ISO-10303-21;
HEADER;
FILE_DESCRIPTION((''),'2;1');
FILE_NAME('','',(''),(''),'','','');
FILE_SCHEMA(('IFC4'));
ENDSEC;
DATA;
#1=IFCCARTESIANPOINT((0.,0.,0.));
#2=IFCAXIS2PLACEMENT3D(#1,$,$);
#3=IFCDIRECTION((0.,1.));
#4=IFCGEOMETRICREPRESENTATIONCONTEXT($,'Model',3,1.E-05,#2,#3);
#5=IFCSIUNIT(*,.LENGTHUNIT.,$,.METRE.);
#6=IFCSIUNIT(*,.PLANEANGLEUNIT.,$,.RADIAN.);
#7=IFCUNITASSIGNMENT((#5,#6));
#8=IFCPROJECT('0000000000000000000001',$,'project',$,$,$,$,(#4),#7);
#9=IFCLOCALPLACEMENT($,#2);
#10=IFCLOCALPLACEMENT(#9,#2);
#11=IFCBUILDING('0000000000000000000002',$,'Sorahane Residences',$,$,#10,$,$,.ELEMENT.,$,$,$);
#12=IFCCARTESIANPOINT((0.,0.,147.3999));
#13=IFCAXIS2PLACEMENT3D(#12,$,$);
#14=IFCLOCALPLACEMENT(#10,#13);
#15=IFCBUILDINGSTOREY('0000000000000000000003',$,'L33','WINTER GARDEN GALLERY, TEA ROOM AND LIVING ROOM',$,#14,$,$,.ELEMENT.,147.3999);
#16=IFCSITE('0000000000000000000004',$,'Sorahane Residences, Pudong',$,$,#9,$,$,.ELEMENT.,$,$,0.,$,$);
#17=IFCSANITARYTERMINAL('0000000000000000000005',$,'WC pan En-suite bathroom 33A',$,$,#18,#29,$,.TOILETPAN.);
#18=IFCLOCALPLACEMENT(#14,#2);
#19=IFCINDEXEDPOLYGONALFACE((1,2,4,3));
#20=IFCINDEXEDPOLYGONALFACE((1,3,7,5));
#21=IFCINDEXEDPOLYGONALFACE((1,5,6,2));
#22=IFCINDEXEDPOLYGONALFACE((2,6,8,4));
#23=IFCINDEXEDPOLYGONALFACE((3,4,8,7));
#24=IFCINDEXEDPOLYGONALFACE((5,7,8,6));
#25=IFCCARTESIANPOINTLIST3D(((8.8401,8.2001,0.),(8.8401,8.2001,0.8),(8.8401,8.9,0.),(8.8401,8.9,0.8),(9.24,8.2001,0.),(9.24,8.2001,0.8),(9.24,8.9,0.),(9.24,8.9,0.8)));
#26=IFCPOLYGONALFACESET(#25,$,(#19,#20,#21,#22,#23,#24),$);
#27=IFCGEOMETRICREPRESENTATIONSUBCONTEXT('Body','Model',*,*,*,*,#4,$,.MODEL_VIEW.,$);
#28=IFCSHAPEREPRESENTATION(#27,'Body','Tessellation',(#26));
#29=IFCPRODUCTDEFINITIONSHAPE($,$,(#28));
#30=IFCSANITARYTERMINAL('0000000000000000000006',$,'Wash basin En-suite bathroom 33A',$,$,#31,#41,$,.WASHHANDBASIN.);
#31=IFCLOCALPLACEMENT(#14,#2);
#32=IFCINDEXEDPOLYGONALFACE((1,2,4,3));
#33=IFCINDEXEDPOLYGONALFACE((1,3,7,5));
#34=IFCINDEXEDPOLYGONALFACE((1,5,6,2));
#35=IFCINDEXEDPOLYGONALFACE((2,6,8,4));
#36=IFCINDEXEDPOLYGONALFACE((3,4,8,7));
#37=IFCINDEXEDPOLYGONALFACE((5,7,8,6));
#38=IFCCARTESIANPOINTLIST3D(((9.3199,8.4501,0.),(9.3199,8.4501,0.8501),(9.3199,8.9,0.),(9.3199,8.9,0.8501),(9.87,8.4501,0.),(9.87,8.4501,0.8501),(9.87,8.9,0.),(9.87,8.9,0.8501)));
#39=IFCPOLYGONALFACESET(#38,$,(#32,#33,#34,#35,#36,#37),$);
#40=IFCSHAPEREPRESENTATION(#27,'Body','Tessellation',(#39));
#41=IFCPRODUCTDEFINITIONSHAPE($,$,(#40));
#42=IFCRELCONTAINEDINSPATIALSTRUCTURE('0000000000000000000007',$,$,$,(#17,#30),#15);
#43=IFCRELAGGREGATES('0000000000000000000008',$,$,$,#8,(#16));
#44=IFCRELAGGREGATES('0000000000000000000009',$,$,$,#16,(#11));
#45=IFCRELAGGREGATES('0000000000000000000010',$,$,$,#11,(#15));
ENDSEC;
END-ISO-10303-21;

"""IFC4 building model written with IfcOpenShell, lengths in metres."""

from ifc_helpers import new_model, si_unit, direction, frame, origin, origin_2d, place, context, subcontext, project, spatial, rectangle, extrude, element, save


model = new_model("IFC4")

# Units and contexts
model_context = context("Model", 3, precision=1e-05, world=origin(), true_north=direction((0.0, 1.0)))
body_context = subcontext(model_context, "Body", "Model", "MODEL_VIEW")
ifc_project = project(units=[si_unit("LENGTHUNIT", "METRE"), si_unit("PLANEANGLEUNIT", "RADIAN")], contexts=[model_context])

# Site, building, storey
site_placement = place(None, origin())
site = spatial("IfcSite", under=ifc_project, at=site_placement, Name="Sorahane Residences, Pudong", CompositionType="ELEMENT", RefElevation=0.0)
building_placement = place(site_placement, origin())
building = spatial("IfcBuilding", under=site, at=building_placement, Name="Sorahane Residences", CompositionType="ELEMENT")
storey_placement = place(building_placement, frame((0.0, 0.0, 147.3999)))
storey = spatial("IfcBuildingStorey", under=building, at=storey_placement, Name="L33", Description="WINTER GARDEN GALLERY, TEA ROOM AND LIVING ROOM", CompositionType="ELEMENT", Elevation=147.3999)

# Sanitary terminals
sanitary_terminal_1_placement = place(storey_placement, frame((9.04, 8.55, 0.0), z_axis=(0.0, 0.0, 1.0), x_axis=(1.0, 0.0, 0.0)))
element("IfcSanitaryTerminal", 1, at=sanitary_terminal_1_placement, inside=storey, Name="WC pan En-suite bathroom 33A", PredefinedType="TOILETPAN", context=body_context, shape_type="SweptSolid", body=[
    extrude(rectangle(XDim=0.3999, YDim=0.7, at=origin_2d()), origin(), (0.0, 0.0, 1.0), 0.8),
])
sanitary_terminal_2_placement = place(storey_placement, frame((9.595, 8.675, 0.0), z_axis=(0.0, 0.0, 1.0), x_axis=(1.0, 0.0, 0.0)))
element("IfcSanitaryTerminal", 2, at=sanitary_terminal_2_placement, inside=storey, Name="Wash basin En-suite bathroom 33A", PredefinedType="WASHHANDBASIN", context=body_context, shape_type="SweptSolid", body=[
    extrude(rectangle(XDim=0.55, YDim=0.45, at=origin_2d()), origin(), (0.0, 0.0, 1.0), 0.8501),
])

save(model, "model.ifc")
